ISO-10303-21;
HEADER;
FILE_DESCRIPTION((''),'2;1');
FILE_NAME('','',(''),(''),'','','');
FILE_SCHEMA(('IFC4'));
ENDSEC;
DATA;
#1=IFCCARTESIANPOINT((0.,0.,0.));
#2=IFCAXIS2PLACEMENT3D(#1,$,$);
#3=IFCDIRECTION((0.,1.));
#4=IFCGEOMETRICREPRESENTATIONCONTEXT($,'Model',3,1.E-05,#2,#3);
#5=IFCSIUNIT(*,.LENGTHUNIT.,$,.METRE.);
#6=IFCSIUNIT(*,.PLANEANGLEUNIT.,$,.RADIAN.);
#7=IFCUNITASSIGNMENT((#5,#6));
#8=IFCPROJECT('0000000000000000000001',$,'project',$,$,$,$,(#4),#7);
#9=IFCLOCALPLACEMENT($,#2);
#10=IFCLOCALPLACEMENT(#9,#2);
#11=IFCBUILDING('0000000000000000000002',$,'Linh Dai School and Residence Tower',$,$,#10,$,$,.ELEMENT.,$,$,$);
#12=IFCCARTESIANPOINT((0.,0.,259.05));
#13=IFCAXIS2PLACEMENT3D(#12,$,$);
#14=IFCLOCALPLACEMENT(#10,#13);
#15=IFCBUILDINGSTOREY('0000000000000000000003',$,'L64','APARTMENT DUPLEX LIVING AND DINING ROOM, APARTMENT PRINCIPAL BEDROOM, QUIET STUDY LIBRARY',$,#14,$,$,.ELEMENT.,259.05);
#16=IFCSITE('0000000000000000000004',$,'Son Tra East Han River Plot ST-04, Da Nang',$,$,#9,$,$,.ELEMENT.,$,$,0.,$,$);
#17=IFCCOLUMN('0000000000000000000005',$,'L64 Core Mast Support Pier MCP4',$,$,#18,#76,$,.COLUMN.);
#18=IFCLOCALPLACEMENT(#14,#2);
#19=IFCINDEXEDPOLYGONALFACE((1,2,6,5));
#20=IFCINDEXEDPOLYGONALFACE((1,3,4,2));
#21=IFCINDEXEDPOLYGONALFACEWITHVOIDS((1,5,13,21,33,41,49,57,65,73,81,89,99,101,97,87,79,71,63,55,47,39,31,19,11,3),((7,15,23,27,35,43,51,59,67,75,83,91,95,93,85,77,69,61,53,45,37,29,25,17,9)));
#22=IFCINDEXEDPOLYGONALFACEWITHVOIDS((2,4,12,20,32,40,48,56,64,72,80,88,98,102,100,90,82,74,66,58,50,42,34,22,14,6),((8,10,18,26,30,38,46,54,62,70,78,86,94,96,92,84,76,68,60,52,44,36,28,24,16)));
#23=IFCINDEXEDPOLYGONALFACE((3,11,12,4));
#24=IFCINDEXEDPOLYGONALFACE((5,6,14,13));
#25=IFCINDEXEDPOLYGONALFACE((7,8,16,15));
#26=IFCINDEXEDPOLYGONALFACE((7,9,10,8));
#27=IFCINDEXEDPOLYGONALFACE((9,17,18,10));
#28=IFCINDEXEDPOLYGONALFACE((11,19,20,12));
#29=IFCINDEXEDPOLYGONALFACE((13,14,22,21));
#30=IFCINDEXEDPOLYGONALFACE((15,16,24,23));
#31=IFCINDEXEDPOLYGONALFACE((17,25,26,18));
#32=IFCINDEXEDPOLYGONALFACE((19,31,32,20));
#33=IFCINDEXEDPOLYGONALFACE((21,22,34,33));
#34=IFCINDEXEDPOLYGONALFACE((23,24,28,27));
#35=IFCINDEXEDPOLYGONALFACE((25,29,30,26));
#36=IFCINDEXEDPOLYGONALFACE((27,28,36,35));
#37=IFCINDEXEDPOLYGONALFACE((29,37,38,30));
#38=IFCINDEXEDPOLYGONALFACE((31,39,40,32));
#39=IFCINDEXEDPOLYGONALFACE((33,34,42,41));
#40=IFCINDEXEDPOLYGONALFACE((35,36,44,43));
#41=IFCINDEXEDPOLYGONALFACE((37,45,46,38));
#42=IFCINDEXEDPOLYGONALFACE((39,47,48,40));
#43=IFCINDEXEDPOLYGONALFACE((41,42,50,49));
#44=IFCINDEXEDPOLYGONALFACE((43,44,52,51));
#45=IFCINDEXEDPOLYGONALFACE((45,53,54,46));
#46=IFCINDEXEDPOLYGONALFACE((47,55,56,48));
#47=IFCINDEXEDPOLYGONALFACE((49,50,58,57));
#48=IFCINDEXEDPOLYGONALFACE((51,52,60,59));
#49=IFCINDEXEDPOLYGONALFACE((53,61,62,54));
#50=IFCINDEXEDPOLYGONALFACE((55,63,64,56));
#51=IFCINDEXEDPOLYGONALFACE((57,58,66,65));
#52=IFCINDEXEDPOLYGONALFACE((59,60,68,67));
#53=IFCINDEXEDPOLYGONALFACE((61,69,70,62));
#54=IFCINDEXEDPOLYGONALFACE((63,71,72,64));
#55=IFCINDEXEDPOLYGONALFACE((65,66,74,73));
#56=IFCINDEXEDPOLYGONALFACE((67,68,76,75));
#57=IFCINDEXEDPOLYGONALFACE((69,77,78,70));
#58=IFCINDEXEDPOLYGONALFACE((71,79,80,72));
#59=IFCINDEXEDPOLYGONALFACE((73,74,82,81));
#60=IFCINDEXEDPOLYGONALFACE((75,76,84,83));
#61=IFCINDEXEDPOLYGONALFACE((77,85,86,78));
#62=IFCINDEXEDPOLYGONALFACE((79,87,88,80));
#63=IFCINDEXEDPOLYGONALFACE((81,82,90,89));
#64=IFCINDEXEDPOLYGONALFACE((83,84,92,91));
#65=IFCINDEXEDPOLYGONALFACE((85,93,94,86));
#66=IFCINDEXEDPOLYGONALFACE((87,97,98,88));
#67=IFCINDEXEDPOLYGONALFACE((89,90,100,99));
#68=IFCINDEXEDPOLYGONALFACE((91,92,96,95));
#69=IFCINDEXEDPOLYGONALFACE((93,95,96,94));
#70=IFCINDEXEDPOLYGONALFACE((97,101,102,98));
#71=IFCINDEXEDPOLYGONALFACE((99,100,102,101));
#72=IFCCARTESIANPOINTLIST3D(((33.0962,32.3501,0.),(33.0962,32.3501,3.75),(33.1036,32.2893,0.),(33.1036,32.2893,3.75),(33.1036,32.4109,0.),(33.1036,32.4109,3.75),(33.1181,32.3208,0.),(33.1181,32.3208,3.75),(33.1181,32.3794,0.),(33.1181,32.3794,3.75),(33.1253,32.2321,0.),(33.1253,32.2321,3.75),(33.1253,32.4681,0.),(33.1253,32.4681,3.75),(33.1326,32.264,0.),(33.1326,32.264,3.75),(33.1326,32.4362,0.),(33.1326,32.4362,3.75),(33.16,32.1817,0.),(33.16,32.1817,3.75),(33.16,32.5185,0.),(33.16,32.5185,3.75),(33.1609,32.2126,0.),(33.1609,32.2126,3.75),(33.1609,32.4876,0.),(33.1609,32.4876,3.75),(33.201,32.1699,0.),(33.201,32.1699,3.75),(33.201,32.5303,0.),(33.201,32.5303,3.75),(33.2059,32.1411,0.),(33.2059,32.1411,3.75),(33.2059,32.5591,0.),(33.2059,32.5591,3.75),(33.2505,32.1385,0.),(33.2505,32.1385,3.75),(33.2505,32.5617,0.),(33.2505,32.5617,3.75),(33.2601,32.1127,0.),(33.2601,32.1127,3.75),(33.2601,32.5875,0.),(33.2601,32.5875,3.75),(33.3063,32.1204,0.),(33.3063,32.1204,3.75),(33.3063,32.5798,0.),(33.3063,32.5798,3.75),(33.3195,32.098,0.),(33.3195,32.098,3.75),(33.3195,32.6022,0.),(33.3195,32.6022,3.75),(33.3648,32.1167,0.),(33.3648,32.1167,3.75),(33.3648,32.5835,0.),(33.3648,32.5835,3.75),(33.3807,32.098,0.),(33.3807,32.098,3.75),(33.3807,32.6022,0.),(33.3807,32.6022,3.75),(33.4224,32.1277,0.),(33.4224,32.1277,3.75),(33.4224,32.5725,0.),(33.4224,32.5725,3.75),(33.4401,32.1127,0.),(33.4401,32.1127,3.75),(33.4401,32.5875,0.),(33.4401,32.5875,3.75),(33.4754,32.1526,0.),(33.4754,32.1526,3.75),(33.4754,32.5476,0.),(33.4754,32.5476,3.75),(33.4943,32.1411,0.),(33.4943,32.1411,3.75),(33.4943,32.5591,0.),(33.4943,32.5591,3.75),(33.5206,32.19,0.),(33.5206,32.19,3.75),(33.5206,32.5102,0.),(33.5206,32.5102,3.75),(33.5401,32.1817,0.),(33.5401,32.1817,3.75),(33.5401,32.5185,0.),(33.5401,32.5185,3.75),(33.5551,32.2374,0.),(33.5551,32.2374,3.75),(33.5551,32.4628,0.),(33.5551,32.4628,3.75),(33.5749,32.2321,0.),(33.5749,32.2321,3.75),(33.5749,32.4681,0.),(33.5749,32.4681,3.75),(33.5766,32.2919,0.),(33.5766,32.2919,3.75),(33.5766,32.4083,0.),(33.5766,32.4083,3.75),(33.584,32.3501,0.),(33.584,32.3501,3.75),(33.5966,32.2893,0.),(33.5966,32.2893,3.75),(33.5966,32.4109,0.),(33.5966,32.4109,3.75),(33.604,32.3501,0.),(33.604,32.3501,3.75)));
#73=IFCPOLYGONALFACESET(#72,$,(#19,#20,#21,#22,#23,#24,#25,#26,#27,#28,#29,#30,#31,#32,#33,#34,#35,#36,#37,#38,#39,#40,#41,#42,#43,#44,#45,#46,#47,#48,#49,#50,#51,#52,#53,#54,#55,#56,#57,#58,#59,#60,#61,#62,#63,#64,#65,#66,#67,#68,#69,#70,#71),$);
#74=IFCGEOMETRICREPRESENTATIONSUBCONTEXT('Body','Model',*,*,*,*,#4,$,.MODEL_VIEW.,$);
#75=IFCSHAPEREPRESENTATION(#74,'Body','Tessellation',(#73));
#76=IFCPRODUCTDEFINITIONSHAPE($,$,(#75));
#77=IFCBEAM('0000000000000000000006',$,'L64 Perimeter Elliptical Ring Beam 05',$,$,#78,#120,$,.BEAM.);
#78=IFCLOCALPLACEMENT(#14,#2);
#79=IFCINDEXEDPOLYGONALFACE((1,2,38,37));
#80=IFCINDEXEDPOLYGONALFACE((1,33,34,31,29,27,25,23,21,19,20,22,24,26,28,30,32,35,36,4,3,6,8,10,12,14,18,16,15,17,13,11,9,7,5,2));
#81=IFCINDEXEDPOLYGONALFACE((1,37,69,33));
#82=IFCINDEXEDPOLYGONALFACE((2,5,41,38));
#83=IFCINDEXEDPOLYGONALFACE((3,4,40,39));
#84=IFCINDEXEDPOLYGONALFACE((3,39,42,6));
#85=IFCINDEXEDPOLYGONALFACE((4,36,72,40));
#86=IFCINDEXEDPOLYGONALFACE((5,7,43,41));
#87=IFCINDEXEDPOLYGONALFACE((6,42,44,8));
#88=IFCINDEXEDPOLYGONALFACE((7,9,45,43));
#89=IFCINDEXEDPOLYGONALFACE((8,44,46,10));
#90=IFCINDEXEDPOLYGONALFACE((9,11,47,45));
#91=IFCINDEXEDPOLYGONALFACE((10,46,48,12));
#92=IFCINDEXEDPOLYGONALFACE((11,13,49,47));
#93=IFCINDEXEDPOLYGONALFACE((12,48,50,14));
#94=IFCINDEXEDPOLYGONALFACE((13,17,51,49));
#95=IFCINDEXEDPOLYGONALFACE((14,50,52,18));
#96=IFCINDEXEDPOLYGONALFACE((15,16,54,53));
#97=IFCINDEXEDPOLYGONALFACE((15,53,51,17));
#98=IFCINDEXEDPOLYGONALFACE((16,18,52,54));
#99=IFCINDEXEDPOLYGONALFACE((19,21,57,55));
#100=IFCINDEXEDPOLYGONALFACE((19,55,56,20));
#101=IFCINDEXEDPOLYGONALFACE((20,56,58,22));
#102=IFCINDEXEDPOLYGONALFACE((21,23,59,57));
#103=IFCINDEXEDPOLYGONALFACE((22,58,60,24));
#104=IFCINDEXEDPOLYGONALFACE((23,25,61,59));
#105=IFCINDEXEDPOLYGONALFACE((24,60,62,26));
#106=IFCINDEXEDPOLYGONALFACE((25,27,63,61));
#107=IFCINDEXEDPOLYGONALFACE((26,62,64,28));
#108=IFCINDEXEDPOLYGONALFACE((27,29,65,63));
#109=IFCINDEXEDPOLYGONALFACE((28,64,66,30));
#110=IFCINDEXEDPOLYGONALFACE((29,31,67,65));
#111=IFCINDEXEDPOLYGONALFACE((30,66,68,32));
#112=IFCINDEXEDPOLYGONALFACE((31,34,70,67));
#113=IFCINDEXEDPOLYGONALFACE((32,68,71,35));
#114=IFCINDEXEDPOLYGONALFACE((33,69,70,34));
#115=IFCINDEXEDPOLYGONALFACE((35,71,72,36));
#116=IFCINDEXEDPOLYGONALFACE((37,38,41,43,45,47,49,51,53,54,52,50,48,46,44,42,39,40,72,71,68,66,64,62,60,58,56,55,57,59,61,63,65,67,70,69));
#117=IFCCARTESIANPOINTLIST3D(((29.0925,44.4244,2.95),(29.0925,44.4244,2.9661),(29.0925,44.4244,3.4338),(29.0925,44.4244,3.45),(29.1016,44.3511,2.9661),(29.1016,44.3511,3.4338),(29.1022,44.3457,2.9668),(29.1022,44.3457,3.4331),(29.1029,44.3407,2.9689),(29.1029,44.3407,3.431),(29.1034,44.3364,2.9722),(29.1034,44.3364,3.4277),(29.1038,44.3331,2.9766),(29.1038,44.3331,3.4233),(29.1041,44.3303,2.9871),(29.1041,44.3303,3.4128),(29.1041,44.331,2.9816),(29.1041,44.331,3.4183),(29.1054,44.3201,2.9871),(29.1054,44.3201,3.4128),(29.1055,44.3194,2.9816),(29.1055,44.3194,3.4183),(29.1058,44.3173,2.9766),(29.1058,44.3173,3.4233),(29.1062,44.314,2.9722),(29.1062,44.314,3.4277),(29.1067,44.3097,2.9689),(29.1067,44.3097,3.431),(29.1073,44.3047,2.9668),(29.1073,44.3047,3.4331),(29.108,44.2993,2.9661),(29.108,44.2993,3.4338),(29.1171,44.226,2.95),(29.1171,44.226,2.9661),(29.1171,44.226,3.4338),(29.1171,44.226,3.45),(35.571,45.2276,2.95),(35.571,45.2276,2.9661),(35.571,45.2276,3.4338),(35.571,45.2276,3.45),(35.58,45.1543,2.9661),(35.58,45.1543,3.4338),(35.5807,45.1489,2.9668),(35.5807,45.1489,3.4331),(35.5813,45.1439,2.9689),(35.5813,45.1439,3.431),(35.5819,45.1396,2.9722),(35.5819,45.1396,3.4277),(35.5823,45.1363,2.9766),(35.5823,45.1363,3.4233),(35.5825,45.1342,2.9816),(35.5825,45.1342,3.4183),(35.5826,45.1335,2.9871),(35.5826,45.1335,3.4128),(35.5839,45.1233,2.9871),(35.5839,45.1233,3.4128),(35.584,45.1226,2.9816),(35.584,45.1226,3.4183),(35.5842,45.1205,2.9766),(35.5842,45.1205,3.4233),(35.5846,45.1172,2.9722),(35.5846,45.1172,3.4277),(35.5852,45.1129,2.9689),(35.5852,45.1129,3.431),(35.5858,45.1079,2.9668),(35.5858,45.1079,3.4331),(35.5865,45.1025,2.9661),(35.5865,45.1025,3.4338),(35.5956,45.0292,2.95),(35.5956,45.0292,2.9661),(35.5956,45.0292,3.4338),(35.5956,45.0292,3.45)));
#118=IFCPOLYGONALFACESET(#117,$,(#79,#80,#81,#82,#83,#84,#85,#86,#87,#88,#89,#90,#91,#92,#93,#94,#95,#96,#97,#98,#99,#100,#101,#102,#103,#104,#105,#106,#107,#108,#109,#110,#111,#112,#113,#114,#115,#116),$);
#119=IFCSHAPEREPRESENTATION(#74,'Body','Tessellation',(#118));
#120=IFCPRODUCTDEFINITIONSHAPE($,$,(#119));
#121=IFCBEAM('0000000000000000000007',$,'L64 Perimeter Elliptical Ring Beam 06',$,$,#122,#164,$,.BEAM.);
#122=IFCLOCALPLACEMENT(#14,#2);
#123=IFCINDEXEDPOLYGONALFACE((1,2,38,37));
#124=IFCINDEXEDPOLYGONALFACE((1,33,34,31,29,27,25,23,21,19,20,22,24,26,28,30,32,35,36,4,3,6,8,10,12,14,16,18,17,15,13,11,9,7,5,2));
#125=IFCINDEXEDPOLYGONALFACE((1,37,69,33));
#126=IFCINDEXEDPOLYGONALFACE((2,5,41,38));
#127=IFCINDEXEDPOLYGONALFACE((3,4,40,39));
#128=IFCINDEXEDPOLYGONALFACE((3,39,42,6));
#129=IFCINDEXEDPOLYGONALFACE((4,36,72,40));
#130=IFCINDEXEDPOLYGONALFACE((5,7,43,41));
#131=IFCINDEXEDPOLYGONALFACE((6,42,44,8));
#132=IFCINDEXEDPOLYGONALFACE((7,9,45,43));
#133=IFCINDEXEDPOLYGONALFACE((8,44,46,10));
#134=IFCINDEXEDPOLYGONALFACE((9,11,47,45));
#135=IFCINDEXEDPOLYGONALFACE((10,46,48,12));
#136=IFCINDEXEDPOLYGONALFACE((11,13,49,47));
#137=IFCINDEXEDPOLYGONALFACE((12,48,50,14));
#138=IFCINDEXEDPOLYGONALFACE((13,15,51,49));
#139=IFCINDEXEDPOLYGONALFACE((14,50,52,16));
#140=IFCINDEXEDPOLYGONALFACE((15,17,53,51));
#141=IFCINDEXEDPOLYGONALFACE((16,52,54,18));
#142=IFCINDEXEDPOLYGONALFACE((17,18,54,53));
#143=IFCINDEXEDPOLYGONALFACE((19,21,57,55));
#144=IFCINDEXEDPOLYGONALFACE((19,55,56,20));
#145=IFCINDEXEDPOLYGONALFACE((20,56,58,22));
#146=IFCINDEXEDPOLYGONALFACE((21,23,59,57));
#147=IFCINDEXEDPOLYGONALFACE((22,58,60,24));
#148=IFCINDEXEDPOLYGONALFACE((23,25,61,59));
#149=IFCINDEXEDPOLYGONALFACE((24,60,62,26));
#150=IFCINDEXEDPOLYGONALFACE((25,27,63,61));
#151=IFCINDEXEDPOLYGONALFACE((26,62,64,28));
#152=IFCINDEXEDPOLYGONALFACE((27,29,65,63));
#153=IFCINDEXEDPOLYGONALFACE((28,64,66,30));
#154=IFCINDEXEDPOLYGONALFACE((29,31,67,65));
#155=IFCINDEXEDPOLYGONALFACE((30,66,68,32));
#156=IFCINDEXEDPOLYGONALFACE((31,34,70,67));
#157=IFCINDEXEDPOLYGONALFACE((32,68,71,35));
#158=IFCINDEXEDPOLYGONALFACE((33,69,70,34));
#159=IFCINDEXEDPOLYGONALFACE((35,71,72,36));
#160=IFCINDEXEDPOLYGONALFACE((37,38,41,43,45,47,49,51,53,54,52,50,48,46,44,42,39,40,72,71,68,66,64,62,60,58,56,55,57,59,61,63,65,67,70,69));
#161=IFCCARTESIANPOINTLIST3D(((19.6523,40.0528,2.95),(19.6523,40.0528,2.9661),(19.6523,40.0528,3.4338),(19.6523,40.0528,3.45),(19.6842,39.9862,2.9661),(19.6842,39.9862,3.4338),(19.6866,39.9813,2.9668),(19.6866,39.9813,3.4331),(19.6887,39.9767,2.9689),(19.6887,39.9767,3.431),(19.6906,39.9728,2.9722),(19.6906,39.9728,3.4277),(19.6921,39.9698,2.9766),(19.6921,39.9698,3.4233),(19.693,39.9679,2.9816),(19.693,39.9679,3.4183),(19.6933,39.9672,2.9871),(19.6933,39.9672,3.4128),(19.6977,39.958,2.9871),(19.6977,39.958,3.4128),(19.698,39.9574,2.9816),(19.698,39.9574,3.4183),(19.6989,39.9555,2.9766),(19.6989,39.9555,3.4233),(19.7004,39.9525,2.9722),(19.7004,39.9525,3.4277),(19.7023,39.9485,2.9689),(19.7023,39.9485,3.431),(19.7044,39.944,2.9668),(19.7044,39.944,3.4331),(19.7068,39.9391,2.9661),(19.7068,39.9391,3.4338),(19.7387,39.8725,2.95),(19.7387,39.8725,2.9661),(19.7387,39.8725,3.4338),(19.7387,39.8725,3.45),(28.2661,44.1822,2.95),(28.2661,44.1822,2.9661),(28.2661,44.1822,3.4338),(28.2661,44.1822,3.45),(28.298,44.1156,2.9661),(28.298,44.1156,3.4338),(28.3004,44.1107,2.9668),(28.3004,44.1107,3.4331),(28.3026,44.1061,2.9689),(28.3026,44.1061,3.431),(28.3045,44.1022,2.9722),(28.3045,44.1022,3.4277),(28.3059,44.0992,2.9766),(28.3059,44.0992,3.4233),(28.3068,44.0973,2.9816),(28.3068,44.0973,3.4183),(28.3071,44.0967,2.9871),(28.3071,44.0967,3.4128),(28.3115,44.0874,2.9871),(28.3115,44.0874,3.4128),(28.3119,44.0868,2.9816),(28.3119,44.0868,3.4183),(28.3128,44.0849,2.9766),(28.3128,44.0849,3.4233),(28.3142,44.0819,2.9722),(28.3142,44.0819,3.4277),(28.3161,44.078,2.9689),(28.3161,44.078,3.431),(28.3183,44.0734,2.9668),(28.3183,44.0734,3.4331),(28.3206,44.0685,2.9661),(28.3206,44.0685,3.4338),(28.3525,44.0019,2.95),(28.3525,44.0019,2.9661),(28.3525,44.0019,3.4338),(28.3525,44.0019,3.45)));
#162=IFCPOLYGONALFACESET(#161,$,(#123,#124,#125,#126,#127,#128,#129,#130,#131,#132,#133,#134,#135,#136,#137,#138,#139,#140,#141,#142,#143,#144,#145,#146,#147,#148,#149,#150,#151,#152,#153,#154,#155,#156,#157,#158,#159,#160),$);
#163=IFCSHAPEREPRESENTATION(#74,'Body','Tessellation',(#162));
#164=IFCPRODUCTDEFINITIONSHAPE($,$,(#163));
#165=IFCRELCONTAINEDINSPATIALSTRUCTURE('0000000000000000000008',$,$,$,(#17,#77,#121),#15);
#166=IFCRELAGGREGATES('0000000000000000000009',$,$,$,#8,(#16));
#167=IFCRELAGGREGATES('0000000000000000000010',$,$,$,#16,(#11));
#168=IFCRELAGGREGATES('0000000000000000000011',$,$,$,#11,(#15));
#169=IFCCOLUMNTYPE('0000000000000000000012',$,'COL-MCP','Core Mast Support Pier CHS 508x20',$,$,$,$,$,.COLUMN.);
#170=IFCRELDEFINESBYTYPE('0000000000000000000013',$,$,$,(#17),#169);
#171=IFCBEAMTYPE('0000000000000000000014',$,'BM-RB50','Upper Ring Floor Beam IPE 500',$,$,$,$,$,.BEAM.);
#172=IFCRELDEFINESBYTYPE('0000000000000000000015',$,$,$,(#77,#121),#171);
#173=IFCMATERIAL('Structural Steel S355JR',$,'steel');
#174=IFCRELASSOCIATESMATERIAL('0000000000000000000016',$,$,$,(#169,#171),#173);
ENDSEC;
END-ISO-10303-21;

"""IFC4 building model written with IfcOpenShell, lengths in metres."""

from ifc_helpers import new_model, si_unit, direction, frame, origin, origin_2d, place, context, subcontext, project, spatial, hollow_circle, i_section, extrude, material, material_profile, profile_set, type_object, element, save


model = new_model("IFC4")

# Units and contexts
model_context = context("Model", 3, precision=1e-05, world=origin(), true_north=direction((0.0, 1.0)))
body_context = subcontext(model_context, "Body", "Model", "MODEL_VIEW")
ifc_project = project(units=[si_unit("LENGTHUNIT", "METRE"), si_unit("PLANEANGLEUNIT", "RADIAN")], contexts=[model_context])

# Site, building, storey
site_placement = place(None, origin())
site = spatial("IfcSite", under=ifc_project, at=site_placement, Name="Son Tra East Han River Plot ST-04, Da Nang", CompositionType="ELEMENT", RefElevation=0.0)
building_placement = place(site_placement, origin())
building = spatial("IfcBuilding", under=site, at=building_placement, Name="Linh Dai School and Residence Tower", CompositionType="ELEMENT")
storey_placement = place(building_placement, frame((0.0, 0.0, 259.05)))
storey = spatial("IfcBuildingStorey", under=building, at=storey_placement, Name="L64", Description="APARTMENT DUPLEX LIVING AND DINING ROOM, APARTMENT PRINCIPAL BEDROOM, QUIET STUDY LIBRARY", CompositionType="ELEMENT", Elevation=259.05)

# Column
ifc_material_1 = material(Name="Structural Steel S355JR", Category="steel")
ifc_material_profile_1 = material_profile(ifc_material_1, hollow_circle(Radius=0.2539, WallThickness=0.02, at=origin_2d()), Name="CHS 508x20")
ifc_profile_set_1 = profile_set([ifc_material_profile_1], Name="Structural Steel S355JR")
column_type_1 = type_object("IfcColumnType", Name="COL-MCP", Description="Core Mast Support Pier CHS 508x20", PredefinedType="COLUMN", material=ifc_profile_set_1)
column_1_placement = place(storey_placement, frame((33.3501, 32.3501, 0.0), z_axis=(0.0, 0.0, 1.0), x_axis=(1.0, 0.0, 0.0)))
element("IfcColumn", 1, at=column_1_placement, inside=storey, type_object=column_type_1, Name="L64 Core Mast Support Pier MCP4", PredefinedType="COLUMN", context=body_context, shape_type="SweptSolid", body=[
    extrude(hollow_circle(Radius=0.2539, WallThickness=0.02, at=origin_2d()), origin(), (0.0, 0.0, 1.0), 3.75),
])

# Beams
ifc_material_profile_2 = material_profile(ifc_material_1, i_section(OverallWidth=0.2, OverallDepth=0.5, WebThickness=0.0103, FlangeThickness=0.0161, FilletRadius=0.021, at=origin_2d()), Name="IPE 500")
ifc_profile_set_2 = profile_set([ifc_material_profile_2], Name="Structural Steel S355JR")
beam_type_1 = type_object("IfcBeamType", Name="BM-RB50", Description="Upper Ring Floor Beam IPE 500", PredefinedType="BEAM", material=ifc_profile_set_2)
beam_1_placement = place(storey_placement, frame((35.5833, 45.1284, 3.2), z_axis=(-0.992402, -0.12304, 0.0), x_axis=(0.12304, -0.992402, 0.0)))
element("IfcBeam", 2, at=beam_1_placement, inside=storey, type_object=beam_type_1, Name="L64 Perimeter Elliptical Ring Beam 05", PredefinedType="BEAM", context=body_context, shape_type="SweptSolid", body=[
    extrude(i_section(OverallWidth=0.2, OverallDepth=0.5, WebThickness=0.0103, FlangeThickness=0.0161, FilletRadius=0.021, at=origin_2d()), origin(), (0.0, 0.0, 1.0), 6.5281),
])
beam_2_placement = place(storey_placement, frame((28.3093, 44.092, 3.2), z_axis=(-0.901736, -0.432287, 0.0), x_axis=(0.432287, -0.901736, 0.0)))
element("IfcBeam", 3, at=beam_2_placement, inside=storey, type_object=beam_type_1, Name="L64 Perimeter Elliptical Ring Beam 06", PredefinedType="BEAM", context=body_context, shape_type="SweptSolid", body=[
    extrude(i_section(OverallWidth=0.2, OverallDepth=0.5, WebThickness=0.0103, FlangeThickness=0.0161, FilletRadius=0.021, at=origin_2d()), origin(), (0.0, 0.0, 1.0), 9.5525),
])

save(model, "model.ifc")
